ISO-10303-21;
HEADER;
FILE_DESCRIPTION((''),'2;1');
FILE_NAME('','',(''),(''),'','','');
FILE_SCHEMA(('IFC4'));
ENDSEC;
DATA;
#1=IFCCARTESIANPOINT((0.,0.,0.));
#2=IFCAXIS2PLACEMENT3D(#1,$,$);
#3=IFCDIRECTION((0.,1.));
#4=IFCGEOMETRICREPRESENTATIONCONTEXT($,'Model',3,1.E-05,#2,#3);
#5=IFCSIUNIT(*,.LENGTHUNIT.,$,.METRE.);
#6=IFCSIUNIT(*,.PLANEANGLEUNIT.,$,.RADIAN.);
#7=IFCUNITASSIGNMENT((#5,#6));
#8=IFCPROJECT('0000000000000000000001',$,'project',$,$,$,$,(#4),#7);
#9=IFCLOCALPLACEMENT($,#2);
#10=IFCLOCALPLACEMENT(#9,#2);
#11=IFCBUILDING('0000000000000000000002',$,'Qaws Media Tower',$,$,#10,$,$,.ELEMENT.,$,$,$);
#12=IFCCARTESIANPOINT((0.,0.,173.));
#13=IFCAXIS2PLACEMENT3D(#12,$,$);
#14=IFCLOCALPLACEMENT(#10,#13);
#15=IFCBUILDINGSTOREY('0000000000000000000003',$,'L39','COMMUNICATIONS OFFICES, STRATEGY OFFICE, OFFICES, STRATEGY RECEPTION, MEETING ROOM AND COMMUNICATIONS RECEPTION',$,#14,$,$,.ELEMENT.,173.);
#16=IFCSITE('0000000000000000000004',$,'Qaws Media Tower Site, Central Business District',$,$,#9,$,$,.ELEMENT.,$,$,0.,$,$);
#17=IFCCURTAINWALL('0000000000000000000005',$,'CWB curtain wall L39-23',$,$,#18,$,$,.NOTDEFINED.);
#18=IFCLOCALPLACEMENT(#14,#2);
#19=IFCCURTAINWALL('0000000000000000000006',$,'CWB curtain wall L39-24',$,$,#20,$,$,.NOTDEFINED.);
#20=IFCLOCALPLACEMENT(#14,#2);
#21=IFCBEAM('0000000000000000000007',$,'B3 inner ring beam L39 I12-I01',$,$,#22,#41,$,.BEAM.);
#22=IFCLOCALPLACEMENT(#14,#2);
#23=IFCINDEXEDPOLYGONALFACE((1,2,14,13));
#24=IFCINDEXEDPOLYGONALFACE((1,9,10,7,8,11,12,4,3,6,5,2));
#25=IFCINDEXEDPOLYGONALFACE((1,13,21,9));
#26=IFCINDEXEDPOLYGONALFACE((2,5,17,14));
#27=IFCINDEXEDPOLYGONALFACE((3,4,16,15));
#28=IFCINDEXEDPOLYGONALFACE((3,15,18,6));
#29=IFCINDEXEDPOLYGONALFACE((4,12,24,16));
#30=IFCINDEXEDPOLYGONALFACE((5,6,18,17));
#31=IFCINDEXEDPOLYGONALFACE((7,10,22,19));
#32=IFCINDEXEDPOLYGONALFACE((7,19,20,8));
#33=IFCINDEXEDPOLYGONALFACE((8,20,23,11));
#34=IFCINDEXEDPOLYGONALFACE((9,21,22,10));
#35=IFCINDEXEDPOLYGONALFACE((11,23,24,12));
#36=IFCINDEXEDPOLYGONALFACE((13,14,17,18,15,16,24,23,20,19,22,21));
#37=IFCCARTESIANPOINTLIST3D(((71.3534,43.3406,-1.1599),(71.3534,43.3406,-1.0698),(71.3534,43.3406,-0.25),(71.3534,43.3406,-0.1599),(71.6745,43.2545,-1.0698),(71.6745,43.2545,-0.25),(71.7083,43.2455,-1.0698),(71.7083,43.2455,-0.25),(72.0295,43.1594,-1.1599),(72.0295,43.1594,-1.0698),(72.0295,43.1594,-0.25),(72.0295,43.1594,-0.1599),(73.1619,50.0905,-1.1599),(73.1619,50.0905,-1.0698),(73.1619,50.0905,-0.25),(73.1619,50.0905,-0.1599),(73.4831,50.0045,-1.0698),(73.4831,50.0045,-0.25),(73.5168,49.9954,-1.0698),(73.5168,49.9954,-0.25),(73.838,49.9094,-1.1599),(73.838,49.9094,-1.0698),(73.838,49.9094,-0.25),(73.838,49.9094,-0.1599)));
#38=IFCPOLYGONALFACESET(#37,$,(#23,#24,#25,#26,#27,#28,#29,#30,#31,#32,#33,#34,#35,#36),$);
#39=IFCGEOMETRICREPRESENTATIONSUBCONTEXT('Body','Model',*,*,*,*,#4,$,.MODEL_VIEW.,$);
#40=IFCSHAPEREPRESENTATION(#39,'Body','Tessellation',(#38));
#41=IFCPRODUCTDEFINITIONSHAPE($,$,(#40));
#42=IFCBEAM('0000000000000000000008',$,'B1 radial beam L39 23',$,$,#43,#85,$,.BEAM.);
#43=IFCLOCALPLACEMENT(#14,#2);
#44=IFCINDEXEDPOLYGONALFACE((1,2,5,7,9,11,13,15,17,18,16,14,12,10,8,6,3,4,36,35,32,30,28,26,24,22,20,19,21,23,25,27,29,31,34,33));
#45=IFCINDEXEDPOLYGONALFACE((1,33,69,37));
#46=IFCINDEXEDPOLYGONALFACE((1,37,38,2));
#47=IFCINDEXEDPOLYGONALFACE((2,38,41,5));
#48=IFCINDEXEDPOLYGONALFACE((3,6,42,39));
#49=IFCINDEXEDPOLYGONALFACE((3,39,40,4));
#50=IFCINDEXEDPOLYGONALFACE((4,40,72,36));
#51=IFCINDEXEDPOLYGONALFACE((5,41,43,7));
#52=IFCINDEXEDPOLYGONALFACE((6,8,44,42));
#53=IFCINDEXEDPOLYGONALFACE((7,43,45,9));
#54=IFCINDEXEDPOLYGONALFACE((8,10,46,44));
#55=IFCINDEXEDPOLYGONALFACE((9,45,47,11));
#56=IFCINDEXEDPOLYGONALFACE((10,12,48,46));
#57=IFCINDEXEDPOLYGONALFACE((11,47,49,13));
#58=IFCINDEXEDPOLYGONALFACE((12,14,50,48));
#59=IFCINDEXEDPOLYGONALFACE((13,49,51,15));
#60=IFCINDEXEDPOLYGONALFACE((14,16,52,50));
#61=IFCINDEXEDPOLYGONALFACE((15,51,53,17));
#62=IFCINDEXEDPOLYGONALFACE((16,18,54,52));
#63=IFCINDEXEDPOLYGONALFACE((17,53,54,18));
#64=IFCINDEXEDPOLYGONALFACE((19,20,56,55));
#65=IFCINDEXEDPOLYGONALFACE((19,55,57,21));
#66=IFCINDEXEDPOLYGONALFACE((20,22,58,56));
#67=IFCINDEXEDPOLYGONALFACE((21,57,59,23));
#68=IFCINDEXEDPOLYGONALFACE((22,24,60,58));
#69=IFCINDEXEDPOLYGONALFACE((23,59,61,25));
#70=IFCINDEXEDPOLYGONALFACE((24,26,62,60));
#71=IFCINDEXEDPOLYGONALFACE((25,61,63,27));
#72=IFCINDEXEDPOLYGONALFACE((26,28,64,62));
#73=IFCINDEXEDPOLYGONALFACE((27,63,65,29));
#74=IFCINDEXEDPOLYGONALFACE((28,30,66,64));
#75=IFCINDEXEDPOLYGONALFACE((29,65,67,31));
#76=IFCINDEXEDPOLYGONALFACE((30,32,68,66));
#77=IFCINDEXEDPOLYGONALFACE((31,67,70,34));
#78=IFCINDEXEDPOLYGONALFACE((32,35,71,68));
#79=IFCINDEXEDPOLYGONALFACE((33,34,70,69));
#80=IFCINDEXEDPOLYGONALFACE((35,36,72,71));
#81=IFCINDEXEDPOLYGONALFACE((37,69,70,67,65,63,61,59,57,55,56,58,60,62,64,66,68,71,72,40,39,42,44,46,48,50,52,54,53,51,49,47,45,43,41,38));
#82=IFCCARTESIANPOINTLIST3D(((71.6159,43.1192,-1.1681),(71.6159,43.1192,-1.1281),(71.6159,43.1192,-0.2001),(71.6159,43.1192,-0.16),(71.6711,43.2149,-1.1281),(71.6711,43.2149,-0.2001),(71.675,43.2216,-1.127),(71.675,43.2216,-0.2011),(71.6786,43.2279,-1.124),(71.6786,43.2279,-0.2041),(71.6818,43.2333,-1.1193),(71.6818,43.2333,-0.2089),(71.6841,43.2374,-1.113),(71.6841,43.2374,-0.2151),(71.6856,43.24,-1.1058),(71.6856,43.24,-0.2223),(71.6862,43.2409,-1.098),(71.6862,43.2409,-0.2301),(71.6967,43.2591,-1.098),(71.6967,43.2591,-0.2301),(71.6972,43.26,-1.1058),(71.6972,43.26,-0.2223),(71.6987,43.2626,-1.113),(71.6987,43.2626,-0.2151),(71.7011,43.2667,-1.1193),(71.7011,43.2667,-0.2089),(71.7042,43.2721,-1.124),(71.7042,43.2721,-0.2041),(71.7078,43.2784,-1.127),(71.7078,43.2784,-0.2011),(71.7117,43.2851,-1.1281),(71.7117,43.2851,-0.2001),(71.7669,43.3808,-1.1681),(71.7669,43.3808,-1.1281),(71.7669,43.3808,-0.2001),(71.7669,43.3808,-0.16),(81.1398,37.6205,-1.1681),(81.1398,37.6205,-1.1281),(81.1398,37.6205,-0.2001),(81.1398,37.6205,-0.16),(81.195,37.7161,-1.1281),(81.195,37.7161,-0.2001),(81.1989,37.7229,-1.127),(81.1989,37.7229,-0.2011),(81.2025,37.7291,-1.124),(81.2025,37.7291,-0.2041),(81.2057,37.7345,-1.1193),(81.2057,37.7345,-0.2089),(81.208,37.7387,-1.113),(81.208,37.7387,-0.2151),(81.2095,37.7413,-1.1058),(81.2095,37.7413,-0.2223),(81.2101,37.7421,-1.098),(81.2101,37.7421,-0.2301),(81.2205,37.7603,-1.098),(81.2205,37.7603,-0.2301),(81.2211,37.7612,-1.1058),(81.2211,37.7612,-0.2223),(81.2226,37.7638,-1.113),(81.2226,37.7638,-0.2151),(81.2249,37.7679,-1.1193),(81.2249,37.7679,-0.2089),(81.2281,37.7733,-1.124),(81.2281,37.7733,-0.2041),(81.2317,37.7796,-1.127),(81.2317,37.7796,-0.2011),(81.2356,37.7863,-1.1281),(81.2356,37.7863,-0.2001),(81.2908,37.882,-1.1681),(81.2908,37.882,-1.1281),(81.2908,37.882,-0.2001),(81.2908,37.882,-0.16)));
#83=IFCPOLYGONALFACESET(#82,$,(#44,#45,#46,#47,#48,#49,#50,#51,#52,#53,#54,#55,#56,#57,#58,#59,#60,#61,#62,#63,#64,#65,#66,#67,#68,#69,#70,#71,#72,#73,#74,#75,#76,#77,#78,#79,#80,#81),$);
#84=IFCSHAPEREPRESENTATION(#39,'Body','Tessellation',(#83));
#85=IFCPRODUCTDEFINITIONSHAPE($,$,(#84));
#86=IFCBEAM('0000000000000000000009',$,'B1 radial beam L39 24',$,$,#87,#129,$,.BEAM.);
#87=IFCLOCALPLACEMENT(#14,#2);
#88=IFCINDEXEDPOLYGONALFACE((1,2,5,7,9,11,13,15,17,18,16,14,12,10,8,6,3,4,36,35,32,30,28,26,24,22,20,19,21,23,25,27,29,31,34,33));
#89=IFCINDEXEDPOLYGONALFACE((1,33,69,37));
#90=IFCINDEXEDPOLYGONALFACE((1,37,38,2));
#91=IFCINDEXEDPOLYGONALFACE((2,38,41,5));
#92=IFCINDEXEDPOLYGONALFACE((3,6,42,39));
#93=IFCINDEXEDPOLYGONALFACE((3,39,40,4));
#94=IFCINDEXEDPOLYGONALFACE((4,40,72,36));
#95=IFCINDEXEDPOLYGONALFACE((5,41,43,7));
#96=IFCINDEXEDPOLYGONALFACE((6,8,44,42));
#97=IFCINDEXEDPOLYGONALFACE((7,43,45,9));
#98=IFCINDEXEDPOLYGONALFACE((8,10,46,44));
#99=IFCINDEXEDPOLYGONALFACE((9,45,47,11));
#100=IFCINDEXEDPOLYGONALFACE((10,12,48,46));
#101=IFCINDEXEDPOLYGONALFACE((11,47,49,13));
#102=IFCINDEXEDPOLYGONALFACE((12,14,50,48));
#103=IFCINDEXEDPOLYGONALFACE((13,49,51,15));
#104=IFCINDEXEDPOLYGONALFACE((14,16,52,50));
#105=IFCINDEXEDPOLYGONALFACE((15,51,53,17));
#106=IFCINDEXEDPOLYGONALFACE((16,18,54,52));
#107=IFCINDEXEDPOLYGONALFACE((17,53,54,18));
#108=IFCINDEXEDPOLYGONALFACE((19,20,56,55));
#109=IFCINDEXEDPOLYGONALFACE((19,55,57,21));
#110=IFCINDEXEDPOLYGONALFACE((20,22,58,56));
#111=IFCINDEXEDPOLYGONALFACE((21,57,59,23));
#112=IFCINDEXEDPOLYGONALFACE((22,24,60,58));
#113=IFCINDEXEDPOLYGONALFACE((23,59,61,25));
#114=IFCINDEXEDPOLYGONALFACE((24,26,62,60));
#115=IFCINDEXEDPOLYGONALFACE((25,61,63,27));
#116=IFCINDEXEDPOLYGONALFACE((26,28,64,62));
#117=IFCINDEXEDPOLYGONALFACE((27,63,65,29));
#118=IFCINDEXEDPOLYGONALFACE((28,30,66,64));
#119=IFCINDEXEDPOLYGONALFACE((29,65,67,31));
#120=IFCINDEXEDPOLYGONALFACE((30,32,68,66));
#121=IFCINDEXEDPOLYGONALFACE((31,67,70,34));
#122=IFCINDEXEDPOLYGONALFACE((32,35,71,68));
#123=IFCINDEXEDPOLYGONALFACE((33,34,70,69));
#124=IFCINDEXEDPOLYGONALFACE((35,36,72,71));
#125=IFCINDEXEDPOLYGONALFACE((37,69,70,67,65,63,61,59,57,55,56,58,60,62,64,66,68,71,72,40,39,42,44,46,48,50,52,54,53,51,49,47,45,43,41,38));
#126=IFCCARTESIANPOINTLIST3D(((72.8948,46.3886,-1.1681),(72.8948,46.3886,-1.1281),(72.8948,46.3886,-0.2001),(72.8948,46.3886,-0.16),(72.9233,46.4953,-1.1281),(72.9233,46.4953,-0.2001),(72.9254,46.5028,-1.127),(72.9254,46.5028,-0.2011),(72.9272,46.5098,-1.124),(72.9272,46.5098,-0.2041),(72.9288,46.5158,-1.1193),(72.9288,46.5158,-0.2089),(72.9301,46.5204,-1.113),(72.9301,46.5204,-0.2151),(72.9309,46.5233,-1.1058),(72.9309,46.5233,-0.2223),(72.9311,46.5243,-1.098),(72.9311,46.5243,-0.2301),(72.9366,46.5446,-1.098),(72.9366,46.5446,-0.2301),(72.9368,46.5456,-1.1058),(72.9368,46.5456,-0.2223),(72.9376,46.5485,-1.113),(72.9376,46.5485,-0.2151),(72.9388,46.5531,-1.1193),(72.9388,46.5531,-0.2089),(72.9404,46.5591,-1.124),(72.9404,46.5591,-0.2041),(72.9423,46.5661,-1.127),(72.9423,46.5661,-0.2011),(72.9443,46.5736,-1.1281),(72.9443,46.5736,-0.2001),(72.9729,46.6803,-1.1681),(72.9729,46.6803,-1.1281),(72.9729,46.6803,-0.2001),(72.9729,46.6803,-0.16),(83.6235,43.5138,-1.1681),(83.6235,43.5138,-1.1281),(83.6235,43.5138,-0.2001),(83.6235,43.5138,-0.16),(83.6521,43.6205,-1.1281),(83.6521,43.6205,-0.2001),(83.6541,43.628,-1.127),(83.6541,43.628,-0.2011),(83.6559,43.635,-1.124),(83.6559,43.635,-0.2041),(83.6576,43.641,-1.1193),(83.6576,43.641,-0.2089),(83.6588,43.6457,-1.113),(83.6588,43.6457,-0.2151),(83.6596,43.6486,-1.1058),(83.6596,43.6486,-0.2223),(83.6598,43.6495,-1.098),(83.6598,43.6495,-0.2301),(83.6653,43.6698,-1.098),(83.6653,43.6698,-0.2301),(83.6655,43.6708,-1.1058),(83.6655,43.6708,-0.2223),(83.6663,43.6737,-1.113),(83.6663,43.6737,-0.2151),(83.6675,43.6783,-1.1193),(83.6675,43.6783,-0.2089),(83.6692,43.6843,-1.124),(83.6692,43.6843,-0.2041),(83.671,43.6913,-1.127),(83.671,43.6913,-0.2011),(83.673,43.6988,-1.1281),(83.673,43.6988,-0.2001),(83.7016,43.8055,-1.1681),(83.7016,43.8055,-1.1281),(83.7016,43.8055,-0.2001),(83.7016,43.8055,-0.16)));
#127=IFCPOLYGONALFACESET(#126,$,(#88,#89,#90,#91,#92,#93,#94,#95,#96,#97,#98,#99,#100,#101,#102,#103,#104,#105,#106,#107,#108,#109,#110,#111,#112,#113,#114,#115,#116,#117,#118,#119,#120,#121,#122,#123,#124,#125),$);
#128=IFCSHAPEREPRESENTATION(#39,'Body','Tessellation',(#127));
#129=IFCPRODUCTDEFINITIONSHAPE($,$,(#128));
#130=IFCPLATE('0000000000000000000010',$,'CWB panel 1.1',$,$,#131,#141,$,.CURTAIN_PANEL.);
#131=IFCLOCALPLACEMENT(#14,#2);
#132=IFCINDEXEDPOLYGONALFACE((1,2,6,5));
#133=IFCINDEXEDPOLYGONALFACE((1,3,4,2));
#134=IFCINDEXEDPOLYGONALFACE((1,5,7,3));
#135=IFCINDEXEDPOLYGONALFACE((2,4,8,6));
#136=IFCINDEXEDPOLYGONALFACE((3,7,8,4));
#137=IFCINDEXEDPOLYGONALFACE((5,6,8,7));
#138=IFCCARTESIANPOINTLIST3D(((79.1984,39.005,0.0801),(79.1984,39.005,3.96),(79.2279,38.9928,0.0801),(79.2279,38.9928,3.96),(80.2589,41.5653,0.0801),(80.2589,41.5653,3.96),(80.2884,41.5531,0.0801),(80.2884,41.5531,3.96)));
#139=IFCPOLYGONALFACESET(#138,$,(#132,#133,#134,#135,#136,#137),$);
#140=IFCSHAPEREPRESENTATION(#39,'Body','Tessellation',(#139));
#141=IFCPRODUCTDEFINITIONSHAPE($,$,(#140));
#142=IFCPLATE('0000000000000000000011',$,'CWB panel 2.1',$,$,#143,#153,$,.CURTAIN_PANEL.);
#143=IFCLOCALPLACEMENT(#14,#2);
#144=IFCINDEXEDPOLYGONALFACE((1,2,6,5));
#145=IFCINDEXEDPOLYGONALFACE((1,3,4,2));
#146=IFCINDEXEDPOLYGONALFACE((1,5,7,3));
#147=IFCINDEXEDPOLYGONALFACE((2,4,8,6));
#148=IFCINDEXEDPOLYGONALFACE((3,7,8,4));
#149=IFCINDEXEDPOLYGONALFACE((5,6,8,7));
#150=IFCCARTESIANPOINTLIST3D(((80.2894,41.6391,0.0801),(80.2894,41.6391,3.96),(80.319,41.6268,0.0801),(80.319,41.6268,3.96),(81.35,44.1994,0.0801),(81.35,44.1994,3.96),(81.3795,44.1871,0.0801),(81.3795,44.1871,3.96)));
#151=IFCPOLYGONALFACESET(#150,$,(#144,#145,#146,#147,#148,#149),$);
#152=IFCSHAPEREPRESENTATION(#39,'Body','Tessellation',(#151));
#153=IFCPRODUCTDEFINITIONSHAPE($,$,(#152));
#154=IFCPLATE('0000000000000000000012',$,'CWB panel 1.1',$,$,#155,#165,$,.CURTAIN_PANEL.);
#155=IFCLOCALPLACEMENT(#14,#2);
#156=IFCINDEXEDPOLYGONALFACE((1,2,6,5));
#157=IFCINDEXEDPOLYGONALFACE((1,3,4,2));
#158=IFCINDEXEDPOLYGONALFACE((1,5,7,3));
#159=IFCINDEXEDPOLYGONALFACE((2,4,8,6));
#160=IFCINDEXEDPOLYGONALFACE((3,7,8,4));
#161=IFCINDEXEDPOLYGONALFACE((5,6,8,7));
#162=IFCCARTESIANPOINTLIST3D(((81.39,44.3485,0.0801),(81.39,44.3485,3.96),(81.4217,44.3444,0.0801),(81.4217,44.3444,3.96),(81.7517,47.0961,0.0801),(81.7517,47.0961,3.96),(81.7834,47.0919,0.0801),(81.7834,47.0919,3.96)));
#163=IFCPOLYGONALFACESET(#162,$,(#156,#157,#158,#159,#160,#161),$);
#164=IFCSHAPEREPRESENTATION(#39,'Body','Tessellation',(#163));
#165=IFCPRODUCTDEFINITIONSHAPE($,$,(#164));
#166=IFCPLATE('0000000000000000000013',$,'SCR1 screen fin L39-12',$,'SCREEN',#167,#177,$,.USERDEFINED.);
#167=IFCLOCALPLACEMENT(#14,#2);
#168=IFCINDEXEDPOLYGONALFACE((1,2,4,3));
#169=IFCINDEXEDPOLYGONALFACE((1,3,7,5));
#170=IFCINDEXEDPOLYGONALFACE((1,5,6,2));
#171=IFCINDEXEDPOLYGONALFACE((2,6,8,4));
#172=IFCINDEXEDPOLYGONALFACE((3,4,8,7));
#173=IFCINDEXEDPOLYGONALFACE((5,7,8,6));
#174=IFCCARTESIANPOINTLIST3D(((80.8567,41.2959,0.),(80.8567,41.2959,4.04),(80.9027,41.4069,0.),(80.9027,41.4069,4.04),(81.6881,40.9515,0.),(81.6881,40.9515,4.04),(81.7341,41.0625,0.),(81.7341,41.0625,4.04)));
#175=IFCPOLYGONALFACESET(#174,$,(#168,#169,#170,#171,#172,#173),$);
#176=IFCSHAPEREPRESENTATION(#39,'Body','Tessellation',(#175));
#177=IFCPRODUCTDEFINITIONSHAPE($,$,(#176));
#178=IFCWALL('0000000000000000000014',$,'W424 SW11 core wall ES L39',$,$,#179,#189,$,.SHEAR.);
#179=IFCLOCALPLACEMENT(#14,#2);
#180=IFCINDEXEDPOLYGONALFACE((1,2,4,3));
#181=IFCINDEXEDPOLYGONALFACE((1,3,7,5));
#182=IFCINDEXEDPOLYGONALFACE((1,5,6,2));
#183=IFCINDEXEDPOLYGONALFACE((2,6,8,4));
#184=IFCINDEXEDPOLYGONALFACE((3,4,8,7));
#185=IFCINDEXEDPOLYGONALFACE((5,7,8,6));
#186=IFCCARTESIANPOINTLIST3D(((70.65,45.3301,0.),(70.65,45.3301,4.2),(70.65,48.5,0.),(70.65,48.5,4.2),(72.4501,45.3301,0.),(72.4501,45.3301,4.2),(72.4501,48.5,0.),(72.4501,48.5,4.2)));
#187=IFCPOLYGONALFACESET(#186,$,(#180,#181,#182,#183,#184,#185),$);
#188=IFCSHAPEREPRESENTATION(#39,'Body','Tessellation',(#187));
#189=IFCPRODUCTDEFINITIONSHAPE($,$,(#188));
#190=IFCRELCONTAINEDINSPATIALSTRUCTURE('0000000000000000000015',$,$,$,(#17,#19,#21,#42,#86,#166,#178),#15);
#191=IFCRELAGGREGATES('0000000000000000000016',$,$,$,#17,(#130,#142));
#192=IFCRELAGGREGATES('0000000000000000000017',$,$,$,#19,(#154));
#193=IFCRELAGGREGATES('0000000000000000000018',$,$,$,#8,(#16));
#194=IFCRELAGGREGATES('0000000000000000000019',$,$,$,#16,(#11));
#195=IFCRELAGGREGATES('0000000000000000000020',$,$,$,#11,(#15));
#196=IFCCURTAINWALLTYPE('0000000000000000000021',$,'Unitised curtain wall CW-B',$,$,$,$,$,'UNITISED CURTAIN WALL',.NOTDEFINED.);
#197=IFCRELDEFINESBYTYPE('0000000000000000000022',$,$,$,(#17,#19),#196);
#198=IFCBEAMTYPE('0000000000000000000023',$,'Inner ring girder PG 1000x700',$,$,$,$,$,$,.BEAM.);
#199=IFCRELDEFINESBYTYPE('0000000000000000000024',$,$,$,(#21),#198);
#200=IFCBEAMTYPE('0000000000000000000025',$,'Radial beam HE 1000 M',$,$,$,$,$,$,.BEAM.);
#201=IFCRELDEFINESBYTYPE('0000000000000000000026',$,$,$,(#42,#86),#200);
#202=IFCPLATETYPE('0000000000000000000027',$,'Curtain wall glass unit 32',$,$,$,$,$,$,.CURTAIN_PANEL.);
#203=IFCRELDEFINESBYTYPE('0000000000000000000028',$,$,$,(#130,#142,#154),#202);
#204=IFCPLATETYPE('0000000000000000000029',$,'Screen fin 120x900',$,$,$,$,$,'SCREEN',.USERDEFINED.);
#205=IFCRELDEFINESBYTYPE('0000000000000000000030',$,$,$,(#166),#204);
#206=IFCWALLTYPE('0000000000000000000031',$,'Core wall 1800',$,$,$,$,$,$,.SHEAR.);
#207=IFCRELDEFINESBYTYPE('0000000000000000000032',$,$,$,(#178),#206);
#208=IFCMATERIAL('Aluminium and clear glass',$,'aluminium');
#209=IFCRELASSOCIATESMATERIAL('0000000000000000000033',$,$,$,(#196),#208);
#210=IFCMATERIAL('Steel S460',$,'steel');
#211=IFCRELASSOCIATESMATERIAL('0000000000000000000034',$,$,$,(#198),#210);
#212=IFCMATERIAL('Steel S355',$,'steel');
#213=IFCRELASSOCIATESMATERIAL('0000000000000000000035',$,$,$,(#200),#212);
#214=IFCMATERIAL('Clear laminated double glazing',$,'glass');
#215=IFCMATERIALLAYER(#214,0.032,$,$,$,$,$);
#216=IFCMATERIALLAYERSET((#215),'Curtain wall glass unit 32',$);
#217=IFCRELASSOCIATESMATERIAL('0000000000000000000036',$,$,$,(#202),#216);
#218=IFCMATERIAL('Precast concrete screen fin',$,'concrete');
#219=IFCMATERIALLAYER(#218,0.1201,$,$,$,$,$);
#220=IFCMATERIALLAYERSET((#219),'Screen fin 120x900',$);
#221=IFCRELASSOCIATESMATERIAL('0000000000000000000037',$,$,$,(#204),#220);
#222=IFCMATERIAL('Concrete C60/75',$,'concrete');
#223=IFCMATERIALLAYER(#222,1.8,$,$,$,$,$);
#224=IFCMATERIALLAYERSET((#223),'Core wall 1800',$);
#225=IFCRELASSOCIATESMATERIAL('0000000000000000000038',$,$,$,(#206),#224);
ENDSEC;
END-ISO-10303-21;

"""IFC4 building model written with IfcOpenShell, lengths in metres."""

from ifc_helpers import new_model, si_unit, direction, frame, frame_2d, origin, origin_2d, place, context, subcontext, project, spatial, rectangle, i_section, extrude, material, layer, layer_set, material_profile, profile_set, type_object, element, aggregate, save


model = new_model("IFC4")

# Units and contexts
model_context = context("Model", 3, precision=1e-05, world=origin(), true_north=direction((0.0, 1.0)))
body_context = subcontext(model_context, "Body", "Model", "MODEL_VIEW")
ifc_project = project(units=[si_unit("LENGTHUNIT", "METRE"), si_unit("PLANEANGLEUNIT", "RADIAN")], contexts=[model_context])

# Site, building, storey
site_placement = place(None, origin())
site = spatial("IfcSite", under=ifc_project, at=site_placement, Name="Qaws Media Tower Site, Central Business District", CompositionType="ELEMENT", RefElevation=0.0)
building_placement = place(site_placement, origin())
building = spatial("IfcBuilding", under=site, at=building_placement, Name="Qaws Media Tower", CompositionType="ELEMENT")
storey_placement = place(building_placement, frame((0.0, 0.0, 173.0)))
storey = spatial("IfcBuildingStorey", under=building, at=storey_placement, Name="L39", Description="COMMUNICATIONS OFFICES, STRATEGY OFFICE, OFFICES, STRATEGY RECEPTION, MEETING ROOM AND COMMUNICATIONS RECEPTION", CompositionType="ELEMENT", Elevation=173.0)

# Curtain walls
ifc_material_1 = material(Name="Aluminium and clear glass", Category="aluminium")
curtain_wall_type = type_object("IfcCurtainWallType", Name="Unitised curtain wall CW-B", ElementType="UNITISED CURTAIN WALL", PredefinedType="NOTDEFINED", material=ifc_material_1)
curtain_wall_1_placement = place(storey_placement, origin())
curtain_wall_1 = element("IfcCurtainWall", 1, at=curtain_wall_1_placement, inside=storey, type_object=curtain_wall_type, Name="CWB curtain wall L39-23", PredefinedType="NOTDEFINED")
curtain_wall_2_placement = place(storey_placement, origin())
curtain_wall_2 = element("IfcCurtainWall", 2, at=curtain_wall_2_placement, inside=storey, type_object=curtain_wall_type, Name="CWB curtain wall L39-24", PredefinedType="NOTDEFINED")

# Beams
ifc_material_2 = material(Name="Steel S460", Category="steel")
ifc_material_profile_1 = material_profile(ifc_material_2, i_section(OverallWidth=0.7, OverallDepth=1.0, WebThickness=0.0349, FlangeThickness=0.0901, at=origin_2d()), Name="PG 1000x700")
ifc_profile_set_1 = profile_set([ifc_material_profile_1], Name="Steel S460")
beam_type_1 = type_object("IfcBeamType", Name="Inner ring girder PG 1000x700", PredefinedType="BEAM", material=ifc_profile_set_1)
beam_1_placement = place(storey_placement, frame((71.6914, 43.25, -0.6599), z_axis=(0.258811, 0.965928, 0.0), x_axis=(-0.965928, 0.258811, 0.0)))
element("IfcBeam", 3, at=beam_1_placement, inside=storey, type_object=beam_type_1, Name="B3 inner ring beam L39 I12-I01", PredefinedType="BEAM", context=body_context, shape_type="SweptSolid", body=[
    extrude(i_section(OverallWidth=0.7, OverallDepth=1.0, WebThickness=0.0349, FlangeThickness=0.0901, at=origin_2d()), origin(), (0.0, 0.0, 1.0), 6.988),
])
ifc_material_3 = material(Name="Steel S355", Category="steel")
ifc_material_profile_2 = material_profile(ifc_material_3, i_section(OverallWidth=0.302, OverallDepth=1.0081, WebThickness=0.021, FlangeThickness=0.04, FilletRadius=0.03, at=origin_2d()), Name="HE 1000 M")
ifc_profile_set_2 = profile_set([ifc_material_profile_2], Name="Steel S355")
beam_type_2 = type_object("IfcBeamType", Name="Radial beam HE 1000 M", PredefinedType="BEAM", material=ifc_profile_set_2)
beam_2_placement = place(storey_placement, frame((71.6914, 43.25, -0.6641), z_axis=(0.86602, -0.500009, 0.0), x_axis=(0.500009, 0.86602, 0.0)))
element("IfcBeam", 4, at=beam_2_placement, inside=storey, type_object=beam_type_2, Name="B1 radial beam L39 23", PredefinedType="BEAM", context=body_context, shape_type="SweptSolid", body=[
    extrude(i_section(OverallWidth=0.302, OverallDepth=1.0081, WebThickness=0.021, FlangeThickness=0.04, FilletRadius=0.03, at=origin_2d()), origin(), (0.0, 0.0, 1.0), 10.9973),
])
beam_3_placement = place(storey_placement, frame((72.9338, 46.5344, -0.6641), z_axis=(0.965926, -0.258818, 0.0), x_axis=(0.258818, 0.965926, 0.0)))
element("IfcBeam", 5, at=beam_3_placement, inside=storey, type_object=beam_type_2, Name="B1 radial beam L39 24", PredefinedType="BEAM", context=body_context, shape_type="SweptSolid", body=[
    extrude(i_section(OverallWidth=0.302, OverallDepth=1.0081, WebThickness=0.021, FlangeThickness=0.04, FilletRadius=0.03, at=origin_2d()), origin(), (0.0, 0.0, 1.0), 11.1072),
])

# Plates
ifc_material_4 = material(Name="Clear laminated double glazing", Category="glass")
ifc_layer_1 = layer(ifc_material_4, 0.032)
ifc_layer_set_1 = layer_set([ifc_layer_1], Name="Curtain wall glass unit 32")
plate_type_1 = type_object("IfcPlateType", Name="Curtain wall glass unit 32", PredefinedType="CURTAIN_PANEL", material=ifc_layer_set_1)
plate_1_placement = place(storey_placement, frame((79.7434, 40.2791, 0.0801), z_axis=(0.0, 0.0, 1.0), x_axis=(0.382683, 0.92388, 0.0)))
plate_1 = element("IfcPlate", 6, at=plate_1_placement, type_object=plate_type_1, Name="CWB panel 1.1", PredefinedType="CURTAIN_PANEL", context=body_context, shape_type="SweptSolid", body=[
    extrude(rectangle(XDim=2.7712, YDim=0.032, at=origin_2d()), origin(), (0.0, 0.0, 1.0), 3.8799),
])
plate_2_placement = place(storey_placement, frame((80.8345, 42.9131, 0.0801), z_axis=(0.0, 0.0, 1.0), x_axis=(0.382683, 0.92388, 0.0)))
plate_2 = element("IfcPlate", 7, at=plate_2_placement, type_object=plate_type_1, Name="CWB panel 2.1", PredefinedType="CURTAIN_PANEL", context=body_context, shape_type="SweptSolid", body=[
    extrude(rectangle(XDim=2.7712, YDim=0.032, at=origin_2d()), origin(), (0.0, 0.0, 1.0), 3.8799),
])
aggregate(curtain_wall_1, [plate_1, plate_2])
plate_3_placement = place(storey_placement, frame((81.5867, 45.7202, 0.0801), z_axis=(0.0, 0.0, 1.0), x_axis=(0.130526, 0.991445, 0.0)))
plate_3 = element("IfcPlate", 8, at=plate_3_placement, type_object=plate_type_1, Name="CWB panel 1.1", PredefinedType="CURTAIN_PANEL", context=body_context, shape_type="SweptSolid", body=[
    extrude(rectangle(XDim=2.7712, YDim=0.032, at=origin_2d()), origin(), (0.0, 0.0, 1.0), 3.8799),
])
aggregate(curtain_wall_2, [plate_3])
ifc_material_5 = material(Name="Precast concrete screen fin", Category="concrete")
ifc_layer_2 = layer(ifc_material_5, 0.1201)
ifc_layer_set_2 = layer_set([ifc_layer_2], Name="Screen fin 120x900")
plate_type_2 = type_object("IfcPlateType", Name="Screen fin 120x900", ElementType="SCREEN", PredefinedType="USERDEFINED", material=ifc_layer_set_2)
plate_4_placement = place(storey_placement, frame((81.2954, 41.1792, 0.0), z_axis=(0.0, 0.0, 1.0), x_axis=(0.92388, -0.382683, 0.0)))
element("IfcPlate", 9, at=plate_4_placement, inside=storey, type_object=plate_type_2, Name="SCR1 screen fin L39-12", ObjectType="SCREEN", PredefinedType="USERDEFINED", context=body_context, shape_type="SweptSolid", body=[
    extrude(rectangle(XDim=0.8999, YDim=0.1201, at=origin_2d()), origin(), (0.0, 0.0, 1.0), 4.04),
])

# Wall
ifc_material_6 = material(Name="Concrete C60/75", Category="concrete")
ifc_layer_3 = layer(ifc_material_6, 1.8)
ifc_layer_set_3 = layer_set([ifc_layer_3], Name="Core wall 1800")
wall_type_1 = type_object("IfcWallType", Name="Core wall 1800", PredefinedType="SHEAR", material=ifc_layer_set_3)
wall_1_placement = place(storey_placement, frame((71.55, 45.3301, 0.0), z_axis=(0.0, 0.0, 1.0), x_axis=(0.0, 1.0, 0.0)))
element("IfcWall", 10, at=wall_1_placement, inside=storey, type_object=wall_type_1, Name="W424 SW11 core wall ES L39", PredefinedType="SHEAR", context=body_context, shape_type="SweptSolid", body=[
    extrude(rectangle(XDim=3.1699, YDim=1.8, at=frame_2d((1.585, 0.0))), origin(), (0.0, 0.0, 1.0), 4.2),
])

save(model, "model.ifc")
